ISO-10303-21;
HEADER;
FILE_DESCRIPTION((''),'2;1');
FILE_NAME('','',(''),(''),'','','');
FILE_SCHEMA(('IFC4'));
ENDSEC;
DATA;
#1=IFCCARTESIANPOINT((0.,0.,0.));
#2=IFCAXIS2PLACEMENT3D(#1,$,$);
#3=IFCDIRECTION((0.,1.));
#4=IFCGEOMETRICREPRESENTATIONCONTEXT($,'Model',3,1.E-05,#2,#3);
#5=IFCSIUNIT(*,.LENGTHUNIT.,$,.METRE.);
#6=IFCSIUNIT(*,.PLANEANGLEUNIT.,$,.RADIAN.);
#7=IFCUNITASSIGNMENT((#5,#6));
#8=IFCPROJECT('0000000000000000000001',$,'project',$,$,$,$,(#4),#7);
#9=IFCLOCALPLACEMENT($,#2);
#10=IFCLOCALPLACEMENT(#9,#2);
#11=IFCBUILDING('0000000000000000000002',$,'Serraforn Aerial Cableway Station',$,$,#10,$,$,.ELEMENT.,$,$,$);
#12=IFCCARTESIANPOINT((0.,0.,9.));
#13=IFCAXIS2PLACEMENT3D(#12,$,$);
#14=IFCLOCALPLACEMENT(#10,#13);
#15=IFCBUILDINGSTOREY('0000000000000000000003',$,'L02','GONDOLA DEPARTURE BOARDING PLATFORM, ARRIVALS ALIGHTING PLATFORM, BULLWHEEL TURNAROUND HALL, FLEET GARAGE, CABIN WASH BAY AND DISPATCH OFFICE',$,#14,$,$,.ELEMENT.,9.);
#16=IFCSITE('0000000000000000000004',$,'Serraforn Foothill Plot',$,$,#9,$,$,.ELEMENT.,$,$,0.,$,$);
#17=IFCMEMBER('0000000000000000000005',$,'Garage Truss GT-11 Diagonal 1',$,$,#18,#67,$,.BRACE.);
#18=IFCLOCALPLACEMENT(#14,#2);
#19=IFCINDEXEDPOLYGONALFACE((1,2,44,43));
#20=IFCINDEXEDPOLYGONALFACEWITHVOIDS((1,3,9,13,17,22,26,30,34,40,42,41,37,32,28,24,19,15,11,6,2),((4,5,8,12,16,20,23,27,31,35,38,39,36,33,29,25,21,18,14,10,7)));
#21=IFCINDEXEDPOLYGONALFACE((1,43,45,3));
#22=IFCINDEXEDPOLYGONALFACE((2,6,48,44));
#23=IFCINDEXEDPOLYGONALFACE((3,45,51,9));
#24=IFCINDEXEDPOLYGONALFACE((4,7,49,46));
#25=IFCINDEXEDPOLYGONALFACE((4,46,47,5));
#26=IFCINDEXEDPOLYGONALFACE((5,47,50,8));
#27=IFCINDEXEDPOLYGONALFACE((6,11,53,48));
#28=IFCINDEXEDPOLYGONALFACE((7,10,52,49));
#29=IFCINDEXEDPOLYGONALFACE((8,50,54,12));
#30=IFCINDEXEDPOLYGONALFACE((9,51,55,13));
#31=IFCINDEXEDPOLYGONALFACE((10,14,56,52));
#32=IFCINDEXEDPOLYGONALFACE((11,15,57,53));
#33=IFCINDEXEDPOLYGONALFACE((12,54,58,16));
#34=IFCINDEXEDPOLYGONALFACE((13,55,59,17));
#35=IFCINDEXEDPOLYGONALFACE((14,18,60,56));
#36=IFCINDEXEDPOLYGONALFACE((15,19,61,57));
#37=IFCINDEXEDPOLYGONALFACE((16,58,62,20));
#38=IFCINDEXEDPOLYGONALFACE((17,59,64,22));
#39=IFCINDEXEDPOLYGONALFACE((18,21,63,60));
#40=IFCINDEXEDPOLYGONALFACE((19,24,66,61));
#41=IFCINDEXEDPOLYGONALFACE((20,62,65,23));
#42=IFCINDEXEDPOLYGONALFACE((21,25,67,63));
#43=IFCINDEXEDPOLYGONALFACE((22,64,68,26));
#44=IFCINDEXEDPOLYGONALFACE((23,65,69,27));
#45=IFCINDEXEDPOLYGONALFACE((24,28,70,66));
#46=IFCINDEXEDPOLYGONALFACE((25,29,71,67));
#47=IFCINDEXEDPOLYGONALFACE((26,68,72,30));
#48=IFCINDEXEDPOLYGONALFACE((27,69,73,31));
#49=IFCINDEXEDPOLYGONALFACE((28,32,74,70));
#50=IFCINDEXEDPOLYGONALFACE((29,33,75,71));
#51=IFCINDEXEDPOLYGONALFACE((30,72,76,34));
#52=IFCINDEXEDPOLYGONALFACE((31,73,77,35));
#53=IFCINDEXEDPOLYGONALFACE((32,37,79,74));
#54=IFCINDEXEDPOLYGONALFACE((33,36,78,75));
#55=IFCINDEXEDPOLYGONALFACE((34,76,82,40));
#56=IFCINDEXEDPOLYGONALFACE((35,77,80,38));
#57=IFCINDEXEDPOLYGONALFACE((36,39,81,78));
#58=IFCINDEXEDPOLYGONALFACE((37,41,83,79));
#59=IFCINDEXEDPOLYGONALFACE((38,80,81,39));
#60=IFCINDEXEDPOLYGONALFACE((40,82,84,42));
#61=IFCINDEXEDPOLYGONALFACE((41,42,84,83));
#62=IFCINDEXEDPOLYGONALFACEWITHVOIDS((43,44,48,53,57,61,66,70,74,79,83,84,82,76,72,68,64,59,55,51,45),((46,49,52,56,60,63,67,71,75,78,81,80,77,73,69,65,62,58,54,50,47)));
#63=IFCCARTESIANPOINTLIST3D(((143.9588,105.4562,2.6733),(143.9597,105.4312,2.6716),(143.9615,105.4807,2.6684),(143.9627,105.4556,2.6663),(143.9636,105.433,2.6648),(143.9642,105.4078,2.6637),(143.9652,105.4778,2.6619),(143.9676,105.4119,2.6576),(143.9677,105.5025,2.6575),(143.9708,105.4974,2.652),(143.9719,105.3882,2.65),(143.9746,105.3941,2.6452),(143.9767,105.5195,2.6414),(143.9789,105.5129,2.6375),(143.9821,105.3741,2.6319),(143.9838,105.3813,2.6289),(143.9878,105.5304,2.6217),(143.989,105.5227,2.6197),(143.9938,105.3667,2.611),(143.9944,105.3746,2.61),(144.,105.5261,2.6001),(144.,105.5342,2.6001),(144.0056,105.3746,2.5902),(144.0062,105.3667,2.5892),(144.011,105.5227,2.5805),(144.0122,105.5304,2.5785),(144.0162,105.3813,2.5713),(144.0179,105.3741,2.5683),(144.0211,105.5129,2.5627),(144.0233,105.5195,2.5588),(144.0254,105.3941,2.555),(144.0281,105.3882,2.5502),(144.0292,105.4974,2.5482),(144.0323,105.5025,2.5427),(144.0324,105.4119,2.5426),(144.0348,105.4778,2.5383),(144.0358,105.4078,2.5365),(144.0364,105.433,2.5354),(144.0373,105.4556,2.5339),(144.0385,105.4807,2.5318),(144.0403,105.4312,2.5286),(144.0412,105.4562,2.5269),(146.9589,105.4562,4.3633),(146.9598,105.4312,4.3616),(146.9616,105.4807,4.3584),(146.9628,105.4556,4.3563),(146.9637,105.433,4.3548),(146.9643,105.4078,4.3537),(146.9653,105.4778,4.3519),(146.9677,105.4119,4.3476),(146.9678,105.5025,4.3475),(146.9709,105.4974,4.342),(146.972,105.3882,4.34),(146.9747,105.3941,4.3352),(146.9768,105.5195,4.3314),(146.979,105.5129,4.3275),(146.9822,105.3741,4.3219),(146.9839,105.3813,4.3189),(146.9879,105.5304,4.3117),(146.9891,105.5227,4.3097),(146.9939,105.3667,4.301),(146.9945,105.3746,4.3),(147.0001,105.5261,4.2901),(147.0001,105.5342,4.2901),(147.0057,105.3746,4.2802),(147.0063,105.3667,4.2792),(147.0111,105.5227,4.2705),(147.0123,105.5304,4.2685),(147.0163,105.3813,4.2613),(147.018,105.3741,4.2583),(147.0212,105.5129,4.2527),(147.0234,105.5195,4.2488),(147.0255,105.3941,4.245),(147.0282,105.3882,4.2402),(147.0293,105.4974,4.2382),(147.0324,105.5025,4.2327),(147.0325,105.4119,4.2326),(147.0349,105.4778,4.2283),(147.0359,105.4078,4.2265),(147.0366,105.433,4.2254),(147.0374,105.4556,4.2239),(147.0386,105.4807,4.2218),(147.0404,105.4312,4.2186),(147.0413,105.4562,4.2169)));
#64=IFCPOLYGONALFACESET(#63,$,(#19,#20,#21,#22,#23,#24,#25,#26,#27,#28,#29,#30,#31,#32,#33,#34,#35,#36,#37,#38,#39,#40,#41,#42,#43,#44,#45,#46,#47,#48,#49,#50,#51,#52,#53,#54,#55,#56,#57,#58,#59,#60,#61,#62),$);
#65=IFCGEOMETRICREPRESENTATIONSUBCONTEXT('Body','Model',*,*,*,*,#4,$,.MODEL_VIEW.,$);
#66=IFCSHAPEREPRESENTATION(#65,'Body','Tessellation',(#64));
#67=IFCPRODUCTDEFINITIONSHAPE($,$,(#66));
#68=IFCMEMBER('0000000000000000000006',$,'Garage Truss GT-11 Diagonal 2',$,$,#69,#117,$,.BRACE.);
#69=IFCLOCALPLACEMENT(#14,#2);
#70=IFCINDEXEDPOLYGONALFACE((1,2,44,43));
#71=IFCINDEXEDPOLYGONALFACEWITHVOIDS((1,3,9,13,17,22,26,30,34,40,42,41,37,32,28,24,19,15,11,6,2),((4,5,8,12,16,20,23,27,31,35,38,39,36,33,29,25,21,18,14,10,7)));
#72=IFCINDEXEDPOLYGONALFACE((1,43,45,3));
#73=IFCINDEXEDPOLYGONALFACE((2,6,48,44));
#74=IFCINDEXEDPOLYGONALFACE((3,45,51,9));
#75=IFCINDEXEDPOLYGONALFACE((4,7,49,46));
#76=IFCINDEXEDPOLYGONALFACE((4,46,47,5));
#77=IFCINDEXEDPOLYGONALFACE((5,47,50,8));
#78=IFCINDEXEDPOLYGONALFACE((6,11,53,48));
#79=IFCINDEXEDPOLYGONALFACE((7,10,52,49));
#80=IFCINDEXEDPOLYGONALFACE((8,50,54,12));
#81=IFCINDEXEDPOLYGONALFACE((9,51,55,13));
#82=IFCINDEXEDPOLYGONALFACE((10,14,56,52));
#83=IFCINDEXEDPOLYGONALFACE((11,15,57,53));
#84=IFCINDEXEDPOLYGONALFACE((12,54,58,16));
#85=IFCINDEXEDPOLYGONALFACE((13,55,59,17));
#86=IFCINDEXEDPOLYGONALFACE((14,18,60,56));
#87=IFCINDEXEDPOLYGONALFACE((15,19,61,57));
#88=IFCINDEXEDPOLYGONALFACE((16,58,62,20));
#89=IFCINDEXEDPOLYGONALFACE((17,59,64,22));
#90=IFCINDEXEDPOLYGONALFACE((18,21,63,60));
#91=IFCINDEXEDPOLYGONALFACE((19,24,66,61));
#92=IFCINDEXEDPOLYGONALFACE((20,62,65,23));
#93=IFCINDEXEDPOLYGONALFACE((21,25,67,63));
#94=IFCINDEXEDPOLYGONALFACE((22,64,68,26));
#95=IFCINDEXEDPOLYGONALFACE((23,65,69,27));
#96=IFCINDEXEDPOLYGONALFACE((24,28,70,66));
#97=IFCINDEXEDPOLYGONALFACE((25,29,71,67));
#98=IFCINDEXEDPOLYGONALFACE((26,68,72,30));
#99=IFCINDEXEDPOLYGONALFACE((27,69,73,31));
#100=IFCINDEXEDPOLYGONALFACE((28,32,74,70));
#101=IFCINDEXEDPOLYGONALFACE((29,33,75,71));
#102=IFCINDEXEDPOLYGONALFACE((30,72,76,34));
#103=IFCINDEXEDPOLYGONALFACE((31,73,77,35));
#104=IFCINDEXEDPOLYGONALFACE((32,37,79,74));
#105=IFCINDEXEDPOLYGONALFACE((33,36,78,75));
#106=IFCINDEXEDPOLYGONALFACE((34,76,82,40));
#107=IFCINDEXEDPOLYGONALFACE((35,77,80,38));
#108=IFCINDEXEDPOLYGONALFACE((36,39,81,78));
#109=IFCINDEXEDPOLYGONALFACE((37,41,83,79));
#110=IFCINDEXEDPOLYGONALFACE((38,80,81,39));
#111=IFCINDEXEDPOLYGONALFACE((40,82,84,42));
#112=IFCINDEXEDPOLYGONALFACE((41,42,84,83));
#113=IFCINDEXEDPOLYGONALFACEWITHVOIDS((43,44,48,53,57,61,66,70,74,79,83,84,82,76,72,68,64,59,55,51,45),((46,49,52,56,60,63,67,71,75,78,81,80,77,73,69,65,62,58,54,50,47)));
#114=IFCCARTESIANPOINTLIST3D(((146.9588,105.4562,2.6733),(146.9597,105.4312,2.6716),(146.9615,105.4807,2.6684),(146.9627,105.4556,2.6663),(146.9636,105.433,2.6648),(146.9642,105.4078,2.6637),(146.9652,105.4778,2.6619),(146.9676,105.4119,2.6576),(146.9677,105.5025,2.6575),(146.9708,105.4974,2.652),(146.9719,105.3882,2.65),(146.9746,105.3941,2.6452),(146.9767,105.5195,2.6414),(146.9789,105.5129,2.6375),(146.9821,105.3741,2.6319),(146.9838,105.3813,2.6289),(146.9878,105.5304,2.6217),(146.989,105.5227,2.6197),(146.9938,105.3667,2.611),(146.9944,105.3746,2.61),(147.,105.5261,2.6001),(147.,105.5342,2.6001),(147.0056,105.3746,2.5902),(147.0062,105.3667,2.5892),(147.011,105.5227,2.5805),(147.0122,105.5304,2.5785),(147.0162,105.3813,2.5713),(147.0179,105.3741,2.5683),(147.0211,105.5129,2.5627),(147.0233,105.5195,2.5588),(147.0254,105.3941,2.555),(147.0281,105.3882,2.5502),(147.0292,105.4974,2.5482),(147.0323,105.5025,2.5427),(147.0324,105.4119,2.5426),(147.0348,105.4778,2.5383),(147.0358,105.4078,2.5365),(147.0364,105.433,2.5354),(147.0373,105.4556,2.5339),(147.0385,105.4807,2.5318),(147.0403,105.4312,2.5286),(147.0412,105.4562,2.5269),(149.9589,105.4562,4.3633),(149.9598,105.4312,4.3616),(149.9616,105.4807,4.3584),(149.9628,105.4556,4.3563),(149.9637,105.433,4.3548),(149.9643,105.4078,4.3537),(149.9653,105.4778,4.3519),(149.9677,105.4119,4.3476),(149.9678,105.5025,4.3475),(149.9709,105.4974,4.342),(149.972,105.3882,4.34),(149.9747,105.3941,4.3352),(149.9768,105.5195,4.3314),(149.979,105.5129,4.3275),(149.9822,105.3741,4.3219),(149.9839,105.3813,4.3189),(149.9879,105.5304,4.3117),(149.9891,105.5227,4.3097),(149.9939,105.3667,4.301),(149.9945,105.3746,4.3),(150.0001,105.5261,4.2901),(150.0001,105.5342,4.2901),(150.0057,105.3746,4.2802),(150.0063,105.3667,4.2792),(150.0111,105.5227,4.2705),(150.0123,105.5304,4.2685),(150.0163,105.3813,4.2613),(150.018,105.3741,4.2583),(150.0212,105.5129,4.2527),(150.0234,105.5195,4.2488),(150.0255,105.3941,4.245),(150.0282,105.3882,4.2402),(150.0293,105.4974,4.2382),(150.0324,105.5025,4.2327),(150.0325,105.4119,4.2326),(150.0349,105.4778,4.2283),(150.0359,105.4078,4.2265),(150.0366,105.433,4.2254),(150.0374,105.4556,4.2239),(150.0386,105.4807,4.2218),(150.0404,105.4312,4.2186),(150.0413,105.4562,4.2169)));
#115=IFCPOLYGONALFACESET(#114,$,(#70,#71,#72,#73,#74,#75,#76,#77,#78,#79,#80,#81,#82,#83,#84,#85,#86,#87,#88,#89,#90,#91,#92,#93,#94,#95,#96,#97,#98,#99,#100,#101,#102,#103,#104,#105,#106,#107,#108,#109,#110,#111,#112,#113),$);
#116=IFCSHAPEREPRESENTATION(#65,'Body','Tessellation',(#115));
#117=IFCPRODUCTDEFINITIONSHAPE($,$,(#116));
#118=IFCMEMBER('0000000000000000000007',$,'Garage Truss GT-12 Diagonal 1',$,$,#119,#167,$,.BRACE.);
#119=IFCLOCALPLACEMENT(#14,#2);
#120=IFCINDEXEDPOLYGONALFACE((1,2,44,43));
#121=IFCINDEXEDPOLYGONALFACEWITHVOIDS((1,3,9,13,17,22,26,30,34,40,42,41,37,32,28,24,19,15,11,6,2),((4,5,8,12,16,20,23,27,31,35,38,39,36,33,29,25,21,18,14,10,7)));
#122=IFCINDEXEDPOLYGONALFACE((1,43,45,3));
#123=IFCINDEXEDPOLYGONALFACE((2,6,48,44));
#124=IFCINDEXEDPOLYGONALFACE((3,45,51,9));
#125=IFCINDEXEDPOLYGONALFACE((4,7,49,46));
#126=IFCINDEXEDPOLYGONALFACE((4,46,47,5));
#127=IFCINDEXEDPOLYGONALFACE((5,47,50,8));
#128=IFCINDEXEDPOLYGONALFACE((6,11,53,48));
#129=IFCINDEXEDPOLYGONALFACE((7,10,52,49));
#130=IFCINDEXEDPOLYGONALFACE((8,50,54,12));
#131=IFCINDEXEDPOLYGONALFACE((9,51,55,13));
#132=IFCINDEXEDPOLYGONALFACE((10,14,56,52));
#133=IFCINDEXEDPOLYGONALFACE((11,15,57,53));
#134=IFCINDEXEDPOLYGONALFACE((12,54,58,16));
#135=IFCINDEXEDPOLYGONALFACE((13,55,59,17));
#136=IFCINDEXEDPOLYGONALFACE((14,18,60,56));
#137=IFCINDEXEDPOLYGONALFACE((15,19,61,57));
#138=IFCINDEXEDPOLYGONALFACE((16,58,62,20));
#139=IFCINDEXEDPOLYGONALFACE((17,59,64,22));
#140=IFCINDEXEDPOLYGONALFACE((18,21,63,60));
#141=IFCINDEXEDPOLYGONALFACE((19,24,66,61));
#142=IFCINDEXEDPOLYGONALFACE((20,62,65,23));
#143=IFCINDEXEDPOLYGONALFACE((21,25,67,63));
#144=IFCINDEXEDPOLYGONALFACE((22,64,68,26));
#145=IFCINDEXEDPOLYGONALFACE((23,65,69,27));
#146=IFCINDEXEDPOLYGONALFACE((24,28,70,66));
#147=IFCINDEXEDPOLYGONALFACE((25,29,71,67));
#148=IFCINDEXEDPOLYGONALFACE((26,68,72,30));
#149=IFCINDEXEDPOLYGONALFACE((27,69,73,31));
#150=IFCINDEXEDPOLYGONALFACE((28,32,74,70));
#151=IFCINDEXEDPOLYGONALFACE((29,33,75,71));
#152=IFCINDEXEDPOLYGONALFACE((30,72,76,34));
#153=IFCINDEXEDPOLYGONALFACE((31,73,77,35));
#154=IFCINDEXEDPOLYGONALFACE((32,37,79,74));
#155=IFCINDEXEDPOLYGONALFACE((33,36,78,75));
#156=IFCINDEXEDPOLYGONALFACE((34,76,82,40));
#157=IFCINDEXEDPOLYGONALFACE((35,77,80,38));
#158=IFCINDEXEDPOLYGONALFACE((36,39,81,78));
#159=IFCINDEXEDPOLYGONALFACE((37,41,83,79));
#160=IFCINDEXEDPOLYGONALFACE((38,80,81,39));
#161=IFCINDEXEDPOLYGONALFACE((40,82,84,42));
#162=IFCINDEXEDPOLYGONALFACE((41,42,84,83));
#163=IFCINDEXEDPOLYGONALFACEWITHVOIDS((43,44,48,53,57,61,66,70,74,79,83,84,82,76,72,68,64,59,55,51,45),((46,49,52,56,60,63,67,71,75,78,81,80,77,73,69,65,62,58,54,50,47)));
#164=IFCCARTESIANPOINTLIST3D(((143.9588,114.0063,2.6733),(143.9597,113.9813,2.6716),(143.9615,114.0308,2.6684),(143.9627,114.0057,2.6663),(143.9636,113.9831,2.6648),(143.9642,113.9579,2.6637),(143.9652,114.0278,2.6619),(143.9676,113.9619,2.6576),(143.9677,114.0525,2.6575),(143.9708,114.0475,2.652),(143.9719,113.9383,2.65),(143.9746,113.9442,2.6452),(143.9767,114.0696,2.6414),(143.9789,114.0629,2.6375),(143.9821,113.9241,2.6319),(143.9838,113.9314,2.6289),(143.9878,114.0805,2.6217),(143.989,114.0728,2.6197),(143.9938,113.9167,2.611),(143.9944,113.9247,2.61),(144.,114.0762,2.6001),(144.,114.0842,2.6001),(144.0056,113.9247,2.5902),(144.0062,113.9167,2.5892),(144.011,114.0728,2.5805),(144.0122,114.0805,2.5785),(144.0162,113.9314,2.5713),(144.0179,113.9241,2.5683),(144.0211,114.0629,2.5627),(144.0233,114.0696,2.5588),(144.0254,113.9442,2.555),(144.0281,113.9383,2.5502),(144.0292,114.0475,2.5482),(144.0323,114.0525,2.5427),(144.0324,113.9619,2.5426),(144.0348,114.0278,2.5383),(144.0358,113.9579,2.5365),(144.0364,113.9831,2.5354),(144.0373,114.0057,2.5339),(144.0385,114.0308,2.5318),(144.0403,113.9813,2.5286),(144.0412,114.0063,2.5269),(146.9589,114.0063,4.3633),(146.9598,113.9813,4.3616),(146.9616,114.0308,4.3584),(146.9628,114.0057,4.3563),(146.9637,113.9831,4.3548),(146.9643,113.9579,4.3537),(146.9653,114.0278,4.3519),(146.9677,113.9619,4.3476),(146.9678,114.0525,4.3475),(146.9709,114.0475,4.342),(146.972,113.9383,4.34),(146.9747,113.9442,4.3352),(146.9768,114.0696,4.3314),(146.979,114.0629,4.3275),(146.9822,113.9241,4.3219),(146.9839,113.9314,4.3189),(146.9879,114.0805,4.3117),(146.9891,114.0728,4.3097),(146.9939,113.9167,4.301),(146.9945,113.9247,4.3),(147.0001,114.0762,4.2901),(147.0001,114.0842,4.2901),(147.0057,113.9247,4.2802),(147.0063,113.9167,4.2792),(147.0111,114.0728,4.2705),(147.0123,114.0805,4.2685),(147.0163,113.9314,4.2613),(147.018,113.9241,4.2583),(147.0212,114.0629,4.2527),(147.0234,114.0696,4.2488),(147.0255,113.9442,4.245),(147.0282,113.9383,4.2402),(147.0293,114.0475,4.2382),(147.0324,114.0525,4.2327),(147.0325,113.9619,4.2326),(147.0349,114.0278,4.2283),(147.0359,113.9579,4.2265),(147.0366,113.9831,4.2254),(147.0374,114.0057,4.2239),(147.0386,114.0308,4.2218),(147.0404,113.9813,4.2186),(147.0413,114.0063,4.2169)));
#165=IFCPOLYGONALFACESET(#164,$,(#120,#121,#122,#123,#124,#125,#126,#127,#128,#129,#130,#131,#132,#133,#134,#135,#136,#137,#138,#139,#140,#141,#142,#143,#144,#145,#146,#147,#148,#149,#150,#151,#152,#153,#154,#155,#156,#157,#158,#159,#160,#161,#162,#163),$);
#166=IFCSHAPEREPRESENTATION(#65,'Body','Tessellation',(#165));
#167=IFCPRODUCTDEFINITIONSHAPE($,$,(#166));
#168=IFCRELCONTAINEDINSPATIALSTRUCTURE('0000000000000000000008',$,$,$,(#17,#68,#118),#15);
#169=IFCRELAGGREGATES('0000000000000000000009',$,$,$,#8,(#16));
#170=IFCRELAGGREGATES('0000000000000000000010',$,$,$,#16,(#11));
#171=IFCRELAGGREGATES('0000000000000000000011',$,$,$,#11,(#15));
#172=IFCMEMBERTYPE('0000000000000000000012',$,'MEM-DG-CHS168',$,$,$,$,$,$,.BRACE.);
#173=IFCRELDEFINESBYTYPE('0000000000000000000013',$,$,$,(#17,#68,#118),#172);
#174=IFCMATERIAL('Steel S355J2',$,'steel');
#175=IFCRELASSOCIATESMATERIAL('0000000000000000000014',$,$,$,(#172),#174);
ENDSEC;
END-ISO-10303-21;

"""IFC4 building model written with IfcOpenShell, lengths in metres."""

from ifc_helpers import new_model, si_unit, direction, frame, origin, origin_2d, place, context, subcontext, project, spatial, hollow_circle, extrude, material, material_profile, profile_set, type_object, element, save


model = new_model("IFC4")

# Units and contexts
model_context = context("Model", 3, precision=1e-05, world=origin(), true_north=direction((0.0, 1.0)))
body_context = subcontext(model_context, "Body", "Model", "MODEL_VIEW")
ifc_project = project(units=[si_unit("LENGTHUNIT", "METRE"), si_unit("PLANEANGLEUNIT", "RADIAN")], contexts=[model_context])

# Site, building, storey
site_placement = place(None, origin())
site = spatial("IfcSite", under=ifc_project, at=site_placement, Name="Serraforn Foothill Plot", CompositionType="ELEMENT", RefElevation=0.0)
building_placement = place(site_placement, origin())
building = spatial("IfcBuilding", under=site, at=building_placement, Name="Serraforn Aerial Cableway Station", CompositionType="ELEMENT")
storey_placement = place(building_placement, frame((0.0, 0.0, 9.0)))
storey = spatial("IfcBuildingStorey", under=building, at=storey_placement, Name="L02", Description="GONDOLA DEPARTURE BOARDING PLATFORM, ARRIVALS ALIGHTING PLATFORM, BULLWHEEL TURNAROUND HALL, FLEET GARAGE, CABIN WASH BAY AND DISPATCH OFFICE", CompositionType="ELEMENT", Elevation=9.0)

# Shared definitions
ifc_material_1 = material(Name="Steel S355J2", Category="steel")

# Members
ifc_material_profile_1 = material_profile(ifc_material_1, hollow_circle(Radius=0.0842, WallThickness=0.0081, at=origin_2d()), Name="CHS 168.3x8.0")
ifc_profile_set_1 = profile_set([ifc_material_profile_1], Name="Steel S355J2")
member_type_1 = type_object("IfcMemberType", Name="MEM-DG-CHS168", PredefinedType="BRACE", material=ifc_profile_set_1)
for number, where, z_axis, x_axis, name in (
    (1, (144.0, 105.45, 2.6001), (0.871272, 0.0, 0.4908), (0.0, 1.0, 0.0), "Garage Truss GT-11 Diagonal 1"),
    (2, (147.0, 105.45, 2.6001), (0.871272, 0.0, 0.4908), (0.0, 1.0, 0.0), "Garage Truss GT-11 Diagonal 2"),
    (3, (144.0, 114.0, 2.6001), (0.871272, 0.0, 0.4908), (0.0, 1.0, 0.0), "Garage Truss GT-12 Diagonal 1"),
):
    element("IfcMember", number, at=place(storey_placement, frame(where, z_axis=z_axis, x_axis=x_axis)), inside=storey, type_object=member_type_1, Name=name, PredefinedType="BRACE", context=body_context, shape_type="SweptSolid", body=[
        extrude(hollow_circle(Radius=0.0842, WallThickness=0.0081, at=origin_2d()), origin(), (0.0, 0.0, 1.0), 3.4434),
    ])

save(model, "model.ifc")
